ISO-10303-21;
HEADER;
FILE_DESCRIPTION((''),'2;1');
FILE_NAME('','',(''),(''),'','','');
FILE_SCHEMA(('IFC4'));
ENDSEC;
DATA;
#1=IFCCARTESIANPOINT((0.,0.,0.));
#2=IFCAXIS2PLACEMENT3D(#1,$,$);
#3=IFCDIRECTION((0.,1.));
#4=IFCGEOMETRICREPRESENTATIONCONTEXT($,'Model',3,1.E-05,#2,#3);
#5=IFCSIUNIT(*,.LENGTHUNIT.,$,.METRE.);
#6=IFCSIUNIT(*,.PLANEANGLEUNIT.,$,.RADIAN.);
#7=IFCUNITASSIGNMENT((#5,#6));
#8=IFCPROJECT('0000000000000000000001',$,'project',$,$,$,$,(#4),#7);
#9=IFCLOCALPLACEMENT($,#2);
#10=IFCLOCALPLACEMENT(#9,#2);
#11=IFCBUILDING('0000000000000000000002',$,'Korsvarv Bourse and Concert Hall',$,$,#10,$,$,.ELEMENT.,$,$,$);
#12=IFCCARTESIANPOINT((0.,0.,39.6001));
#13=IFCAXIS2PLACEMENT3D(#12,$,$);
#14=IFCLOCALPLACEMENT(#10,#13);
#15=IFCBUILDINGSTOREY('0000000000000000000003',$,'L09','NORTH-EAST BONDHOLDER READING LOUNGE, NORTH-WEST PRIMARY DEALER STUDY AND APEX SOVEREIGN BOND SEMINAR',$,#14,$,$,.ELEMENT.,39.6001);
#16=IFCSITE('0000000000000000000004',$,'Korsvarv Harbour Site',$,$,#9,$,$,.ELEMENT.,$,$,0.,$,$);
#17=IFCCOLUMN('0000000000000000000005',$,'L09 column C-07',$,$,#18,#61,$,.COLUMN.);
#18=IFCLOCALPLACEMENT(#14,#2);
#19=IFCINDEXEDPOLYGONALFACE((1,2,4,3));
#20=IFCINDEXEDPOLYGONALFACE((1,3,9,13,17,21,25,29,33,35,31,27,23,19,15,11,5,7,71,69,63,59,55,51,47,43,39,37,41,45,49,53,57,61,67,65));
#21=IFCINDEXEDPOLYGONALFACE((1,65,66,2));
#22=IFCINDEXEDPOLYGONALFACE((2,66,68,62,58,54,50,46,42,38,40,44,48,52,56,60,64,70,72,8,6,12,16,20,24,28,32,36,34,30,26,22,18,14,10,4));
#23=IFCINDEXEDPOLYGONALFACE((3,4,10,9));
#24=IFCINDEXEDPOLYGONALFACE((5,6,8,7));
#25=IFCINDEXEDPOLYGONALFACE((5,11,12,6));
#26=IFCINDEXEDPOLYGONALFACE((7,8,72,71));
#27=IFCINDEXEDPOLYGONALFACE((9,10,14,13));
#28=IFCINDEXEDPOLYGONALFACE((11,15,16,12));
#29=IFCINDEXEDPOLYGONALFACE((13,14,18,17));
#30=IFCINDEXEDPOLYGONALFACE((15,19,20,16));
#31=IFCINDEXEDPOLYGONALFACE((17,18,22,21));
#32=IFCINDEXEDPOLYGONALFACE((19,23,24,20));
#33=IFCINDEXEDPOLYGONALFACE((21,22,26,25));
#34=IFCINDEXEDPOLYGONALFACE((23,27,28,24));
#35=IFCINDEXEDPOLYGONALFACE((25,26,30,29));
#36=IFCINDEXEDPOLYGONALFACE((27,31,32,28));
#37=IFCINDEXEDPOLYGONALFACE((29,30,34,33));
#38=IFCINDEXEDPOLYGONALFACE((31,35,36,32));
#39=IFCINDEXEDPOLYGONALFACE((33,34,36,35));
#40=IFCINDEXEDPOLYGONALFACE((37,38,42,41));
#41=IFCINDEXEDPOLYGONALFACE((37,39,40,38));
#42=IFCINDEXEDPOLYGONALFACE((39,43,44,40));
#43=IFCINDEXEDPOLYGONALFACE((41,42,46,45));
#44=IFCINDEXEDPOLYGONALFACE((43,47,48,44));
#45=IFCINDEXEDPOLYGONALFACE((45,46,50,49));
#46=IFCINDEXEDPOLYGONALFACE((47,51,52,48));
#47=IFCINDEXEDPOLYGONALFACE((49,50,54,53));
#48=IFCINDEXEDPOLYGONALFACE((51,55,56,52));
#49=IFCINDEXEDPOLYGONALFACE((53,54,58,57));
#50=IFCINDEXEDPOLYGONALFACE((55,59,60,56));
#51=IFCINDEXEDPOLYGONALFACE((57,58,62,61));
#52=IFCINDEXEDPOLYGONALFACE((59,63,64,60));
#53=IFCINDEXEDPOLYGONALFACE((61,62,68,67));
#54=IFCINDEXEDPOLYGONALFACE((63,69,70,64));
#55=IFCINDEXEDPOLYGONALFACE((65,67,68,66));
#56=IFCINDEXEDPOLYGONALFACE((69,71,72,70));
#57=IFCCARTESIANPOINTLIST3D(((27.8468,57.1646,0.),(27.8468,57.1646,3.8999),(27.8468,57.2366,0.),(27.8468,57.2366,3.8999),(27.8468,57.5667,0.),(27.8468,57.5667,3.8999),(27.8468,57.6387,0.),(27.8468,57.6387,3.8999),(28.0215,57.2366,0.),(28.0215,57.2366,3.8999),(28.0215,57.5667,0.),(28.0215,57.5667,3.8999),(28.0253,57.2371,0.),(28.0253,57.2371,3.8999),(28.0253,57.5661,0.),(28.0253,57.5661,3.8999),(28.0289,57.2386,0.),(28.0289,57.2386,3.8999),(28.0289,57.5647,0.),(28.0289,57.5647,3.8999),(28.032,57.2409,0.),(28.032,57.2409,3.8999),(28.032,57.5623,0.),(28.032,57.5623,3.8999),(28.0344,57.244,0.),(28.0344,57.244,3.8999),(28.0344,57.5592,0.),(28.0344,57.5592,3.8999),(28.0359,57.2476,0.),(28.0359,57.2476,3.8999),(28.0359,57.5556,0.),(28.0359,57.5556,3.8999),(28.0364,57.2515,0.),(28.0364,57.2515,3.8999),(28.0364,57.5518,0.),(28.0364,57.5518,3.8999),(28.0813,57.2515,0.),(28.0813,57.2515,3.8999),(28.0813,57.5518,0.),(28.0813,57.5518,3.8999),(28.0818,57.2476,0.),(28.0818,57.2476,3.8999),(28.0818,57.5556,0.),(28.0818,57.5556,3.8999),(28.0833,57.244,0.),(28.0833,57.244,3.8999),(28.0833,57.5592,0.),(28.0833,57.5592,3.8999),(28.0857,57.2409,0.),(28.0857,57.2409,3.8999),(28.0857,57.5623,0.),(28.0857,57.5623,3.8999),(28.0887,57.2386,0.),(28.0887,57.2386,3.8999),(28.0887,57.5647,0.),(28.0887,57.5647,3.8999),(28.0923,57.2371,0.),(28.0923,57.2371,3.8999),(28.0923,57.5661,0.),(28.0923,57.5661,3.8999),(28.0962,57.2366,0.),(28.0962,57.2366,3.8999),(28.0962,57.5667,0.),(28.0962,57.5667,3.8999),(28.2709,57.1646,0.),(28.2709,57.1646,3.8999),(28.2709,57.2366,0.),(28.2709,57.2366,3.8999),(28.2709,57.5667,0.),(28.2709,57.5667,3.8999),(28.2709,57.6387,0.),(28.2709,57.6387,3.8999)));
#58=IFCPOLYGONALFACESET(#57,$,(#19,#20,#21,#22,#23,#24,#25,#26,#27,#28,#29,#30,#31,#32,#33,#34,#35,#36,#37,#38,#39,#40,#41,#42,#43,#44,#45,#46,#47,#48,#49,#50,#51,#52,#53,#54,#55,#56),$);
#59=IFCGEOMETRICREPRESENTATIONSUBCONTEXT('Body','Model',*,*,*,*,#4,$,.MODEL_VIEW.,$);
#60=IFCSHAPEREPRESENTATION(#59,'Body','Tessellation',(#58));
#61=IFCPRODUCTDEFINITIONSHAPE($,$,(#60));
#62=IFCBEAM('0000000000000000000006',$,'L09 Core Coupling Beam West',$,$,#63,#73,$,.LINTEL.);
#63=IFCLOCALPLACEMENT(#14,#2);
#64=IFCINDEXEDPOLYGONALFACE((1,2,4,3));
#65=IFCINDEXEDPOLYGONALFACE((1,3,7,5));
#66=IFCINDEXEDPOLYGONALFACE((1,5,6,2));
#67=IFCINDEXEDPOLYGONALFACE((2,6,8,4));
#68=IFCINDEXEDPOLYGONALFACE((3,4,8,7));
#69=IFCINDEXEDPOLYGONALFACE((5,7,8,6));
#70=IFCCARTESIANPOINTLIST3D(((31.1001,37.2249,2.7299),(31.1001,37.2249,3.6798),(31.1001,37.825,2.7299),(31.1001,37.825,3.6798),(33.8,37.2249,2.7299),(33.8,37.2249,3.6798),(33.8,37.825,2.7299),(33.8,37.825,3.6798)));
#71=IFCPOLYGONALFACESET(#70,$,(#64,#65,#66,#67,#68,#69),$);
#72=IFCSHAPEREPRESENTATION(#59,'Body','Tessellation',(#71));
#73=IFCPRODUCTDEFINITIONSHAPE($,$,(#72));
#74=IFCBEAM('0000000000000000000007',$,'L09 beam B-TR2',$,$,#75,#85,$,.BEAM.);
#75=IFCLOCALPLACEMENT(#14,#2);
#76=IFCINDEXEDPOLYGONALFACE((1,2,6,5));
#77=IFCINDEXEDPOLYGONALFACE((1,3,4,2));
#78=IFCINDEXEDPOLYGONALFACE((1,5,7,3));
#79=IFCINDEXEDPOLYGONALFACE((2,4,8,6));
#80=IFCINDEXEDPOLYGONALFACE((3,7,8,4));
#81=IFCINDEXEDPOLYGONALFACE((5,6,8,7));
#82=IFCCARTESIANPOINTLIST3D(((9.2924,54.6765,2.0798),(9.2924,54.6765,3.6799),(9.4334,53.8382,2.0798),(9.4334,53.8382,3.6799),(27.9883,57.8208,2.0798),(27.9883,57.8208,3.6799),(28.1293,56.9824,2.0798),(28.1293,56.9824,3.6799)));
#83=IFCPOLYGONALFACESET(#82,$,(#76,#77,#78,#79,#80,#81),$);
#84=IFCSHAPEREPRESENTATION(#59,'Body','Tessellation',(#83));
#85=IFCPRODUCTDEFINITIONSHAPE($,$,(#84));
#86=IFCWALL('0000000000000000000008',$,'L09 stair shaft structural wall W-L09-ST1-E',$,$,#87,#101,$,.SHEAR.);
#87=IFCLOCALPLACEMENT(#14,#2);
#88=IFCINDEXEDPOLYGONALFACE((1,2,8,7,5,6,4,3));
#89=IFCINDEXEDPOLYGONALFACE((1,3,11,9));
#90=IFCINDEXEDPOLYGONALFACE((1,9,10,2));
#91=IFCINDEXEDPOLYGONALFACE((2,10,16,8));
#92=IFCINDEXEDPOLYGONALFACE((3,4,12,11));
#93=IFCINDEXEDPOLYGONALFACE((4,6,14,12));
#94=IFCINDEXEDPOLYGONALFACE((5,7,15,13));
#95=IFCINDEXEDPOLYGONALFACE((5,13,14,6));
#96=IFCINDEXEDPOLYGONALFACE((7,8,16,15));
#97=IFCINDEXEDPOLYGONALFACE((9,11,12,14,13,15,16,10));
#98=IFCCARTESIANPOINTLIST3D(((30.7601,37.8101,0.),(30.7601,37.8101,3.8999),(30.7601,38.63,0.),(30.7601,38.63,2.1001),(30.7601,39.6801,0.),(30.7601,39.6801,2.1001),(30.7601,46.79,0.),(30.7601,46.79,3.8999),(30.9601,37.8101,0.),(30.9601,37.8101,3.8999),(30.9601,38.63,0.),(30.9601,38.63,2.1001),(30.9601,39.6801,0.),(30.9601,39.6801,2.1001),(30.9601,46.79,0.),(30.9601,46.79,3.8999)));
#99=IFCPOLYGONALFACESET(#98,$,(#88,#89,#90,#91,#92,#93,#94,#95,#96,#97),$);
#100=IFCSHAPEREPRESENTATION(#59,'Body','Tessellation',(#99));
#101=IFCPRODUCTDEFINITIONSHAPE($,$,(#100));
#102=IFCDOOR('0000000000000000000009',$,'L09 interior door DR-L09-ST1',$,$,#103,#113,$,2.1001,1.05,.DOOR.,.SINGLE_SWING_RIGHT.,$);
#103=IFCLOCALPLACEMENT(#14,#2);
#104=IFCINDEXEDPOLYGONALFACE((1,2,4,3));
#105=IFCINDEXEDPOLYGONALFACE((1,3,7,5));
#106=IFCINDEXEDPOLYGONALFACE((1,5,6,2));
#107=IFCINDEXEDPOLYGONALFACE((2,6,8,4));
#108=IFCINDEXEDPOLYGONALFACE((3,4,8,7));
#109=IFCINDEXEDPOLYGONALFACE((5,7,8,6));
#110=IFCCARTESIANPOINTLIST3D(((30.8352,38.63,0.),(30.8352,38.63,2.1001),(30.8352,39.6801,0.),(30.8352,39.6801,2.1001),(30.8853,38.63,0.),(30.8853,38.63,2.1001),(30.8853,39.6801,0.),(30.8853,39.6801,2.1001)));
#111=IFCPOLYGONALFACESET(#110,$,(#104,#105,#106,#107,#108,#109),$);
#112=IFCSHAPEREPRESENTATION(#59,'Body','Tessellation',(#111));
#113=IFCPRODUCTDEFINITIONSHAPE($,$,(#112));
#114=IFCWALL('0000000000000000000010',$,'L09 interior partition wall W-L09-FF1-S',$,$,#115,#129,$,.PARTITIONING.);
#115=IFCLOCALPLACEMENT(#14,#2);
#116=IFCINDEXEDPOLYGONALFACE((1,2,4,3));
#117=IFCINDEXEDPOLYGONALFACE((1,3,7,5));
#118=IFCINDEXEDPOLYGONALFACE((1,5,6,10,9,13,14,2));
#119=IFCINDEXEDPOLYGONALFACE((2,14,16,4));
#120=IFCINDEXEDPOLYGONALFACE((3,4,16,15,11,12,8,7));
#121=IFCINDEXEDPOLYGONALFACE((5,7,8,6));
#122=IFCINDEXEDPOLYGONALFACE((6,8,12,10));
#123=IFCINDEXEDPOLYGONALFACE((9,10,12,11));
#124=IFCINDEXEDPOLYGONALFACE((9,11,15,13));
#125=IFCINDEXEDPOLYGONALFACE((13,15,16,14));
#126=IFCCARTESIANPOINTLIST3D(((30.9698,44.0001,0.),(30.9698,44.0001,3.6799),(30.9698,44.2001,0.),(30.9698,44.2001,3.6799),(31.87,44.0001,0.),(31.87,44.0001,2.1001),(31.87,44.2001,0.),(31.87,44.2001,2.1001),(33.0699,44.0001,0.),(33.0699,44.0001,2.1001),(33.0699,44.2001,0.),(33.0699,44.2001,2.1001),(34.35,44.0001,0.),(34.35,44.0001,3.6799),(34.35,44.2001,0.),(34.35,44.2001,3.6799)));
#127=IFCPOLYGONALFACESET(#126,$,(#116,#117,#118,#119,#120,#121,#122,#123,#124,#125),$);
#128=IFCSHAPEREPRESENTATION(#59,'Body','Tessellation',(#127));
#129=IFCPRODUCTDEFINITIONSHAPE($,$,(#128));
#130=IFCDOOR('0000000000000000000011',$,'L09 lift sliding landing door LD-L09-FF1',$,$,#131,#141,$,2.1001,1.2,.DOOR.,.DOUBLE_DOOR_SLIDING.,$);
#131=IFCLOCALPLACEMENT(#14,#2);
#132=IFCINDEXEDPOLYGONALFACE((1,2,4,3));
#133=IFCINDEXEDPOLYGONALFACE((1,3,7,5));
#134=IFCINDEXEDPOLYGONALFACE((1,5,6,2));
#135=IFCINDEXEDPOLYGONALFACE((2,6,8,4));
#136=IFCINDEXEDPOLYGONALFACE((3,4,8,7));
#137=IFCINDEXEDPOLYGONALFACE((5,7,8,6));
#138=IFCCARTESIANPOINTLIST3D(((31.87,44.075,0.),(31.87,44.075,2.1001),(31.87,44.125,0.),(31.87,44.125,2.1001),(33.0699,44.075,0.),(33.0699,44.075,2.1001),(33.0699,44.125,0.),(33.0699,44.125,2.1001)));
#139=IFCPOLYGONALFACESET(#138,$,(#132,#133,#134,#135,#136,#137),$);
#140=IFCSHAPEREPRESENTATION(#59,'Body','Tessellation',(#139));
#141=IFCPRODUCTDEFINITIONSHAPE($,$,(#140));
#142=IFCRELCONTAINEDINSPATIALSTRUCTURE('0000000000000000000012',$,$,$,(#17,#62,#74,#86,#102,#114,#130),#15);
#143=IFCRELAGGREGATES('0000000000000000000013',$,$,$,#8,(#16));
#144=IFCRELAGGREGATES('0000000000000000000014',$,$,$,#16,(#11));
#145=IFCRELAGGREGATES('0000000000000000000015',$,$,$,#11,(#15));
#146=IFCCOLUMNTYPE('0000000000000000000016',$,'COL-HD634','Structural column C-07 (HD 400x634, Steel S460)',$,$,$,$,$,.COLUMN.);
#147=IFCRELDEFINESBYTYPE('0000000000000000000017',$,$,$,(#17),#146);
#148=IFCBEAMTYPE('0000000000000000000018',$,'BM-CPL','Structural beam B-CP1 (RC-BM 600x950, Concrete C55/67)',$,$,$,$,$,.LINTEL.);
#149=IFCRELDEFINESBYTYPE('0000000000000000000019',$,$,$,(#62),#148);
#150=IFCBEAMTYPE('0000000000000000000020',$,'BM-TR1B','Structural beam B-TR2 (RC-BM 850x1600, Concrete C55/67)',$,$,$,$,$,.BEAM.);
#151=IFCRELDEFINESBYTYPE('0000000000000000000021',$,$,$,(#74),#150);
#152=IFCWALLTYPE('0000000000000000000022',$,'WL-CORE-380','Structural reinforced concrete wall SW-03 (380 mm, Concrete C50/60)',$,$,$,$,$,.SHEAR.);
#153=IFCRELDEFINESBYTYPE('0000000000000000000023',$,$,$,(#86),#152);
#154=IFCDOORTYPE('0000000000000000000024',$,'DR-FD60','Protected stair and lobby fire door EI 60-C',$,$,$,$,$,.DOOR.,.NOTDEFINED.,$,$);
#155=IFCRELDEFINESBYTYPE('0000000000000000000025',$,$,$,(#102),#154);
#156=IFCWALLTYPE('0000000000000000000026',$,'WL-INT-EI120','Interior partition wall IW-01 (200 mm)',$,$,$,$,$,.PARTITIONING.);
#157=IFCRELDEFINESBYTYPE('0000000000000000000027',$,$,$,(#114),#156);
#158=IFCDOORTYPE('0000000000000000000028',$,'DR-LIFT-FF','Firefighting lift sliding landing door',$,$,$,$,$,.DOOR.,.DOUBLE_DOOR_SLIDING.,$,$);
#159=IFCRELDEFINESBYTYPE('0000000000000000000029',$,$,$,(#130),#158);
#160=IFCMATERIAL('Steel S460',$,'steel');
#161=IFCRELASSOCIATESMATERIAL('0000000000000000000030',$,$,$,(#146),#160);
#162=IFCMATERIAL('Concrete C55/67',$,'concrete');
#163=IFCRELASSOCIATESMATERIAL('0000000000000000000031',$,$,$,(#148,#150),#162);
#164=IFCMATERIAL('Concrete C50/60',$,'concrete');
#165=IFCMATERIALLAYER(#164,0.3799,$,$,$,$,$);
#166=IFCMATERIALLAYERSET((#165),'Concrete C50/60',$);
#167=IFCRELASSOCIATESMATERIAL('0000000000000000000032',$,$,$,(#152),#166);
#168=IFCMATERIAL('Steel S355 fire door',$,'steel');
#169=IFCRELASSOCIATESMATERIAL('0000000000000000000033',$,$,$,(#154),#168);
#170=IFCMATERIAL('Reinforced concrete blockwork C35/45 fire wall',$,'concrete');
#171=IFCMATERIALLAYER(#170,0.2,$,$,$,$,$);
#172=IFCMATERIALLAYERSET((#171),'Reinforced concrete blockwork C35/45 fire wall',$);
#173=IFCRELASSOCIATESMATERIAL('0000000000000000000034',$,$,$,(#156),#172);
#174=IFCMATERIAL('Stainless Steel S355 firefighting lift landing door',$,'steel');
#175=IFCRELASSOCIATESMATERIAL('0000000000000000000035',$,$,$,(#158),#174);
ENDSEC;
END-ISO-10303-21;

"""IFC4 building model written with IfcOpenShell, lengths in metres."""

from ifc_helpers import new_model, si_unit, direction, frame, frame_2d, origin, origin_2d, place, context, subcontext, project, spatial, rectangle, i_section, extrude, source, transform, mapped, material, layer, layer_set, material_profile, profile_set, type_object, element, fill, save


model = new_model("IFC4")

# Units and contexts
model_context = context("Model", 3, precision=1e-05, world=origin(), true_north=direction((0.0, 1.0)))
body_context = subcontext(model_context, "Body", "Model", "MODEL_VIEW")
ifc_project = project(units=[si_unit("LENGTHUNIT", "METRE"), si_unit("PLANEANGLEUNIT", "RADIAN")], contexts=[model_context])

# Site, building, storey
site_placement = place(None, origin())
site = spatial("IfcSite", under=ifc_project, at=site_placement, Name="Korsvarv Harbour Site", CompositionType="ELEMENT", RefElevation=0.0)
building_placement = place(site_placement, origin())
building = spatial("IfcBuilding", under=site, at=building_placement, Name="Korsvarv Bourse and Concert Hall", CompositionType="ELEMENT")
storey_placement = place(building_placement, frame((0.0, 0.0, 39.6001)))
storey = spatial("IfcBuildingStorey", under=building, at=storey_placement, Name="L09", Description="NORTH-EAST BONDHOLDER READING LOUNGE, NORTH-WEST PRIMARY DEALER STUDY AND APEX SOVEREIGN BOND SEMINAR", CompositionType="ELEMENT", Elevation=39.6001)

# Column
ifc_material_1 = material(Name="Steel S460", Category="steel")
ifc_material_profile_1 = material_profile(ifc_material_1, i_section(OverallWidth=0.4241, OverallDepth=0.4741, WebThickness=0.0449, FlangeThickness=0.072, FilletRadius=0.0149, at=origin_2d()), Name="HD 400x634")
ifc_profile_set_1 = profile_set([ifc_material_profile_1], Name="Steel S460")
column_type = type_object("IfcColumnType", Name="COL-HD634", Description="Structural column C-07 (HD 400x634, Steel S460)", PredefinedType="COLUMN", material=ifc_profile_set_1)
shared_shape_1 = source(origin(), body_context, "Body", "SweptSolid", [
    extrude(i_section(OverallWidth=0.4241, OverallDepth=0.4741, WebThickness=0.0449, FlangeThickness=0.072, FilletRadius=0.0149, at=origin_2d()), origin(), (0.0, 0.0, 1.0), 3.8999),
])
column_placement = place(storey_placement, frame((28.0588, 57.4016, 0.0), z_axis=(0.0, 0.0, 1.0), x_axis=(1.0, 0.0, 0.0)))
element("IfcColumn", 1, at=column_placement, inside=storey, type_object=column_type, Name="L09 column C-07", PredefinedType="COLUMN", context=body_context, shape_type="MappedRepresentation", body=[
    mapped(shared_shape_1, transform((0.0, 0.0, 0.0), scale=1.0)),
])

# Beams
ifc_material_2 = material(Name="Concrete C55/67", Category="concrete")
ifc_material_profile_2 = material_profile(ifc_material_2, rectangle(XDim=0.6001, YDim=0.95, at=origin_2d()), Name="RC-BM 600x950")
ifc_profile_set_2 = profile_set([ifc_material_profile_2], Name="Concrete C55/67")
beam_type_1 = type_object("IfcBeamType", Name="BM-CPL", Description="Structural beam B-CP1 (RC-BM 600x950, Concrete C55/67)", PredefinedType="LINTEL", material=ifc_profile_set_2)
shared_shape_2 = source(origin(), body_context, "Body", "SweptSolid", [
    extrude(rectangle(XDim=0.6001, YDim=0.95, at=origin_2d()), origin(), (0.0, 0.0, 1.0), 2.7),
])
beam_1_placement = place(storey_placement, frame((31.1001, 37.5249, 3.2048), z_axis=(1.0, 0.0, 0.0), x_axis=(0.0, 1.0, 0.0)))
element("IfcBeam", 2, at=beam_1_placement, inside=storey, type_object=beam_type_1, Name="L09 Core Coupling Beam West", PredefinedType="LINTEL", context=body_context, shape_type="MappedRepresentation", body=[
    mapped(shared_shape_2, transform((0.0, 0.0, 0.0), scale=1.0)),
])
ifc_material_profile_3 = material_profile(ifc_material_2, rectangle(XDim=0.8501, YDim=1.6001, at=origin_2d()), Name="RC-BM 850x1600")
ifc_profile_set_3 = profile_set([ifc_material_profile_3], Name="Concrete C55/67")
beam_type_2 = type_object("IfcBeamType", Name="BM-TR1B", Description="Structural beam B-TR2 (RC-BM 850x1600, Concrete C55/67)", PredefinedType="BEAM", material=ifc_profile_set_3)
shared_shape_3 = source(origin(), body_context, "Body", "SweptSolid", [
    extrude(rectangle(XDim=0.8501, YDim=1.6001, at=origin_2d()), origin(), (0.0, 0.0, 1.0), 18.9585),
])
beam_2_placement = place(storey_placement, frame((28.0588, 57.4016, 2.8799), z_axis=(-0.986151, -0.16585, 0.0), x_axis=(0.16585, -0.986151, 0.0)))
element("IfcBeam", 3, at=beam_2_placement, inside=storey, type_object=beam_type_2, Name="L09 beam B-TR2", PredefinedType="BEAM", context=body_context, shape_type="MappedRepresentation", body=[
    mapped(shared_shape_3, transform((0.0, 0.0, 0.0), scale=1.0)),
])

# Walls, openings, doors
ifc_material_3 = material(Name="Concrete C50/60", Category="concrete")
ifc_layer_1 = layer(ifc_material_3, 0.3799)
ifc_layer_set_1 = layer_set([ifc_layer_1], Name="Concrete C50/60")
wall_type_1 = type_object("IfcWallType", Name="WL-CORE-380", Description="Structural reinforced concrete wall SW-03 (380 mm, Concrete C50/60)", PredefinedType="SHEAR", material=ifc_layer_set_1)
wall_1_placement = place(storey_placement, frame((30.8601, 37.8101, 0.0), z_axis=(0.0, 0.0, 1.0), x_axis=(0.0, 1.0, 0.0)))
wall_1 = element("IfcWall", 4, at=wall_1_placement, inside=storey, type_object=wall_type_1, Name="L09 stair shaft structural wall W-L09-ST1-E", PredefinedType="SHEAR", context=body_context, shape_type="SweptSolid", body=[
    extrude(rectangle(XDim=8.98, YDim=0.2, at=frame_2d((4.49, 0.0))), origin(), (0.0, 0.0, 1.0), 3.8999),
])
opening_1_placement = place(wall_1_placement, frame((0.8201, 0.0, 0.0)))
opening_1 = element("IfcOpeningElement", 5, at=opening_1_placement, cuts=wall_1, PredefinedType="OPENING", context=body_context, shape_type="SweptSolid", body=[
    extrude(rectangle(XDim=1.05, YDim=2.1001, at=frame_2d((0.5249, 1.05))), frame((0.0, 0.1099, 0.0), z_axis=(0.0, -1.0, 0.0), x_axis=(1.0, 0.0, 0.0)), (0.0, 0.0, 1.0), 0.22),
])
ifc_material_4 = material(Name="Steel S355 fire door", Category="steel")
door_type_1 = type_object("IfcDoorType", Name="DR-FD60", Description="Protected stair and lobby fire door EI 60-C", OperationType="NOTDEFINED", PredefinedType="DOOR", material=ifc_material_4)
door_1_placement = place(opening_1_placement, origin())
door_1 = element("IfcDoor", 6, at=door_1_placement, inside=storey, type_object=door_type_1, Name="L09 interior door DR-L09-ST1", OperationType="SINGLE_SWING_RIGHT", OverallHeight=2.1001, OverallWidth=1.05, PredefinedType="DOOR", context=body_context, shape_type="SweptSolid", body=[
    extrude(rectangle(XDim=1.05, YDim=2.1001, at=frame_2d((0.5249, 1.05))), frame((0.0, 0.0249, 0.0), z_axis=(0.0, -1.0, 0.0), x_axis=(1.0, 0.0, 0.0)), (0.0, 0.0, 1.0), 0.05),
])
fill(opening_1, door_1)
ifc_material_5 = material(Name="Reinforced concrete blockwork C35/45 fire wall", Category="concrete")
ifc_layer_2 = layer(ifc_material_5, 0.2)
ifc_layer_set_2 = layer_set([ifc_layer_2], Name="Reinforced concrete blockwork C35/45 fire wall")
wall_type_2 = type_object("IfcWallType", Name="WL-INT-EI120", Description="Interior partition wall IW-01 (200 mm)", PredefinedType="PARTITIONING", material=ifc_layer_set_2)
wall_2_placement = place(storey_placement, frame((30.97, 44.1001, 0.0), z_axis=(0.0, 0.0, 1.0), x_axis=(1.0, 0.0, 0.0)))
wall_2 = element("IfcWall", 7, at=wall_2_placement, inside=storey, type_object=wall_type_2, Name="L09 interior partition wall W-L09-FF1-S", PredefinedType="PARTITIONING", context=body_context, shape_type="SweptSolid", body=[
    extrude(rectangle(XDim=3.3801, YDim=0.2, at=frame_2d((1.6899, 0.0))), origin(), (0.0, 0.0, 1.0), 3.6799),
])
opening_2_placement = place(wall_2_placement, frame((0.8999, 0.0, 0.0)))
opening_2 = element("IfcOpeningElement", 8, at=opening_2_placement, cuts=wall_2, PredefinedType="OPENING", context=body_context, shape_type="SweptSolid", body=[
    extrude(rectangle(XDim=1.2, YDim=2.1001, at=frame_2d((0.6001, 1.05))), frame((0.0, 0.1099, 0.0), z_axis=(0.0, -1.0, 0.0), x_axis=(1.0, 0.0, 0.0)), (0.0, 0.0, 1.0), 0.22),
])
ifc_material_6 = material(Name="Stainless Steel S355 firefighting lift landing door", Category="steel")
door_type_2 = type_object("IfcDoorType", Name="DR-LIFT-FF", Description="Firefighting lift sliding landing door", OperationType="DOUBLE_DOOR_SLIDING", PredefinedType="DOOR", material=ifc_material_6)
door_2_placement = place(opening_2_placement, origin())
door_2 = element("IfcDoor", 9, at=door_2_placement, inside=storey, type_object=door_type_2, Name="L09 lift sliding landing door LD-L09-FF1", OperationType="DOUBLE_DOOR_SLIDING", OverallHeight=2.1001, OverallWidth=1.2, PredefinedType="DOOR", context=body_context, shape_type="SweptSolid", body=[
    extrude(rectangle(XDim=1.2, YDim=2.1001, at=frame_2d((0.6001, 1.05))), frame((0.0, 0.0249, 0.0), z_axis=(0.0, -1.0, 0.0), x_axis=(1.0, 0.0, 0.0)), (0.0, 0.0, 1.0), 0.05),
])
fill(opening_2, door_2)

save(model, "model.ifc")
